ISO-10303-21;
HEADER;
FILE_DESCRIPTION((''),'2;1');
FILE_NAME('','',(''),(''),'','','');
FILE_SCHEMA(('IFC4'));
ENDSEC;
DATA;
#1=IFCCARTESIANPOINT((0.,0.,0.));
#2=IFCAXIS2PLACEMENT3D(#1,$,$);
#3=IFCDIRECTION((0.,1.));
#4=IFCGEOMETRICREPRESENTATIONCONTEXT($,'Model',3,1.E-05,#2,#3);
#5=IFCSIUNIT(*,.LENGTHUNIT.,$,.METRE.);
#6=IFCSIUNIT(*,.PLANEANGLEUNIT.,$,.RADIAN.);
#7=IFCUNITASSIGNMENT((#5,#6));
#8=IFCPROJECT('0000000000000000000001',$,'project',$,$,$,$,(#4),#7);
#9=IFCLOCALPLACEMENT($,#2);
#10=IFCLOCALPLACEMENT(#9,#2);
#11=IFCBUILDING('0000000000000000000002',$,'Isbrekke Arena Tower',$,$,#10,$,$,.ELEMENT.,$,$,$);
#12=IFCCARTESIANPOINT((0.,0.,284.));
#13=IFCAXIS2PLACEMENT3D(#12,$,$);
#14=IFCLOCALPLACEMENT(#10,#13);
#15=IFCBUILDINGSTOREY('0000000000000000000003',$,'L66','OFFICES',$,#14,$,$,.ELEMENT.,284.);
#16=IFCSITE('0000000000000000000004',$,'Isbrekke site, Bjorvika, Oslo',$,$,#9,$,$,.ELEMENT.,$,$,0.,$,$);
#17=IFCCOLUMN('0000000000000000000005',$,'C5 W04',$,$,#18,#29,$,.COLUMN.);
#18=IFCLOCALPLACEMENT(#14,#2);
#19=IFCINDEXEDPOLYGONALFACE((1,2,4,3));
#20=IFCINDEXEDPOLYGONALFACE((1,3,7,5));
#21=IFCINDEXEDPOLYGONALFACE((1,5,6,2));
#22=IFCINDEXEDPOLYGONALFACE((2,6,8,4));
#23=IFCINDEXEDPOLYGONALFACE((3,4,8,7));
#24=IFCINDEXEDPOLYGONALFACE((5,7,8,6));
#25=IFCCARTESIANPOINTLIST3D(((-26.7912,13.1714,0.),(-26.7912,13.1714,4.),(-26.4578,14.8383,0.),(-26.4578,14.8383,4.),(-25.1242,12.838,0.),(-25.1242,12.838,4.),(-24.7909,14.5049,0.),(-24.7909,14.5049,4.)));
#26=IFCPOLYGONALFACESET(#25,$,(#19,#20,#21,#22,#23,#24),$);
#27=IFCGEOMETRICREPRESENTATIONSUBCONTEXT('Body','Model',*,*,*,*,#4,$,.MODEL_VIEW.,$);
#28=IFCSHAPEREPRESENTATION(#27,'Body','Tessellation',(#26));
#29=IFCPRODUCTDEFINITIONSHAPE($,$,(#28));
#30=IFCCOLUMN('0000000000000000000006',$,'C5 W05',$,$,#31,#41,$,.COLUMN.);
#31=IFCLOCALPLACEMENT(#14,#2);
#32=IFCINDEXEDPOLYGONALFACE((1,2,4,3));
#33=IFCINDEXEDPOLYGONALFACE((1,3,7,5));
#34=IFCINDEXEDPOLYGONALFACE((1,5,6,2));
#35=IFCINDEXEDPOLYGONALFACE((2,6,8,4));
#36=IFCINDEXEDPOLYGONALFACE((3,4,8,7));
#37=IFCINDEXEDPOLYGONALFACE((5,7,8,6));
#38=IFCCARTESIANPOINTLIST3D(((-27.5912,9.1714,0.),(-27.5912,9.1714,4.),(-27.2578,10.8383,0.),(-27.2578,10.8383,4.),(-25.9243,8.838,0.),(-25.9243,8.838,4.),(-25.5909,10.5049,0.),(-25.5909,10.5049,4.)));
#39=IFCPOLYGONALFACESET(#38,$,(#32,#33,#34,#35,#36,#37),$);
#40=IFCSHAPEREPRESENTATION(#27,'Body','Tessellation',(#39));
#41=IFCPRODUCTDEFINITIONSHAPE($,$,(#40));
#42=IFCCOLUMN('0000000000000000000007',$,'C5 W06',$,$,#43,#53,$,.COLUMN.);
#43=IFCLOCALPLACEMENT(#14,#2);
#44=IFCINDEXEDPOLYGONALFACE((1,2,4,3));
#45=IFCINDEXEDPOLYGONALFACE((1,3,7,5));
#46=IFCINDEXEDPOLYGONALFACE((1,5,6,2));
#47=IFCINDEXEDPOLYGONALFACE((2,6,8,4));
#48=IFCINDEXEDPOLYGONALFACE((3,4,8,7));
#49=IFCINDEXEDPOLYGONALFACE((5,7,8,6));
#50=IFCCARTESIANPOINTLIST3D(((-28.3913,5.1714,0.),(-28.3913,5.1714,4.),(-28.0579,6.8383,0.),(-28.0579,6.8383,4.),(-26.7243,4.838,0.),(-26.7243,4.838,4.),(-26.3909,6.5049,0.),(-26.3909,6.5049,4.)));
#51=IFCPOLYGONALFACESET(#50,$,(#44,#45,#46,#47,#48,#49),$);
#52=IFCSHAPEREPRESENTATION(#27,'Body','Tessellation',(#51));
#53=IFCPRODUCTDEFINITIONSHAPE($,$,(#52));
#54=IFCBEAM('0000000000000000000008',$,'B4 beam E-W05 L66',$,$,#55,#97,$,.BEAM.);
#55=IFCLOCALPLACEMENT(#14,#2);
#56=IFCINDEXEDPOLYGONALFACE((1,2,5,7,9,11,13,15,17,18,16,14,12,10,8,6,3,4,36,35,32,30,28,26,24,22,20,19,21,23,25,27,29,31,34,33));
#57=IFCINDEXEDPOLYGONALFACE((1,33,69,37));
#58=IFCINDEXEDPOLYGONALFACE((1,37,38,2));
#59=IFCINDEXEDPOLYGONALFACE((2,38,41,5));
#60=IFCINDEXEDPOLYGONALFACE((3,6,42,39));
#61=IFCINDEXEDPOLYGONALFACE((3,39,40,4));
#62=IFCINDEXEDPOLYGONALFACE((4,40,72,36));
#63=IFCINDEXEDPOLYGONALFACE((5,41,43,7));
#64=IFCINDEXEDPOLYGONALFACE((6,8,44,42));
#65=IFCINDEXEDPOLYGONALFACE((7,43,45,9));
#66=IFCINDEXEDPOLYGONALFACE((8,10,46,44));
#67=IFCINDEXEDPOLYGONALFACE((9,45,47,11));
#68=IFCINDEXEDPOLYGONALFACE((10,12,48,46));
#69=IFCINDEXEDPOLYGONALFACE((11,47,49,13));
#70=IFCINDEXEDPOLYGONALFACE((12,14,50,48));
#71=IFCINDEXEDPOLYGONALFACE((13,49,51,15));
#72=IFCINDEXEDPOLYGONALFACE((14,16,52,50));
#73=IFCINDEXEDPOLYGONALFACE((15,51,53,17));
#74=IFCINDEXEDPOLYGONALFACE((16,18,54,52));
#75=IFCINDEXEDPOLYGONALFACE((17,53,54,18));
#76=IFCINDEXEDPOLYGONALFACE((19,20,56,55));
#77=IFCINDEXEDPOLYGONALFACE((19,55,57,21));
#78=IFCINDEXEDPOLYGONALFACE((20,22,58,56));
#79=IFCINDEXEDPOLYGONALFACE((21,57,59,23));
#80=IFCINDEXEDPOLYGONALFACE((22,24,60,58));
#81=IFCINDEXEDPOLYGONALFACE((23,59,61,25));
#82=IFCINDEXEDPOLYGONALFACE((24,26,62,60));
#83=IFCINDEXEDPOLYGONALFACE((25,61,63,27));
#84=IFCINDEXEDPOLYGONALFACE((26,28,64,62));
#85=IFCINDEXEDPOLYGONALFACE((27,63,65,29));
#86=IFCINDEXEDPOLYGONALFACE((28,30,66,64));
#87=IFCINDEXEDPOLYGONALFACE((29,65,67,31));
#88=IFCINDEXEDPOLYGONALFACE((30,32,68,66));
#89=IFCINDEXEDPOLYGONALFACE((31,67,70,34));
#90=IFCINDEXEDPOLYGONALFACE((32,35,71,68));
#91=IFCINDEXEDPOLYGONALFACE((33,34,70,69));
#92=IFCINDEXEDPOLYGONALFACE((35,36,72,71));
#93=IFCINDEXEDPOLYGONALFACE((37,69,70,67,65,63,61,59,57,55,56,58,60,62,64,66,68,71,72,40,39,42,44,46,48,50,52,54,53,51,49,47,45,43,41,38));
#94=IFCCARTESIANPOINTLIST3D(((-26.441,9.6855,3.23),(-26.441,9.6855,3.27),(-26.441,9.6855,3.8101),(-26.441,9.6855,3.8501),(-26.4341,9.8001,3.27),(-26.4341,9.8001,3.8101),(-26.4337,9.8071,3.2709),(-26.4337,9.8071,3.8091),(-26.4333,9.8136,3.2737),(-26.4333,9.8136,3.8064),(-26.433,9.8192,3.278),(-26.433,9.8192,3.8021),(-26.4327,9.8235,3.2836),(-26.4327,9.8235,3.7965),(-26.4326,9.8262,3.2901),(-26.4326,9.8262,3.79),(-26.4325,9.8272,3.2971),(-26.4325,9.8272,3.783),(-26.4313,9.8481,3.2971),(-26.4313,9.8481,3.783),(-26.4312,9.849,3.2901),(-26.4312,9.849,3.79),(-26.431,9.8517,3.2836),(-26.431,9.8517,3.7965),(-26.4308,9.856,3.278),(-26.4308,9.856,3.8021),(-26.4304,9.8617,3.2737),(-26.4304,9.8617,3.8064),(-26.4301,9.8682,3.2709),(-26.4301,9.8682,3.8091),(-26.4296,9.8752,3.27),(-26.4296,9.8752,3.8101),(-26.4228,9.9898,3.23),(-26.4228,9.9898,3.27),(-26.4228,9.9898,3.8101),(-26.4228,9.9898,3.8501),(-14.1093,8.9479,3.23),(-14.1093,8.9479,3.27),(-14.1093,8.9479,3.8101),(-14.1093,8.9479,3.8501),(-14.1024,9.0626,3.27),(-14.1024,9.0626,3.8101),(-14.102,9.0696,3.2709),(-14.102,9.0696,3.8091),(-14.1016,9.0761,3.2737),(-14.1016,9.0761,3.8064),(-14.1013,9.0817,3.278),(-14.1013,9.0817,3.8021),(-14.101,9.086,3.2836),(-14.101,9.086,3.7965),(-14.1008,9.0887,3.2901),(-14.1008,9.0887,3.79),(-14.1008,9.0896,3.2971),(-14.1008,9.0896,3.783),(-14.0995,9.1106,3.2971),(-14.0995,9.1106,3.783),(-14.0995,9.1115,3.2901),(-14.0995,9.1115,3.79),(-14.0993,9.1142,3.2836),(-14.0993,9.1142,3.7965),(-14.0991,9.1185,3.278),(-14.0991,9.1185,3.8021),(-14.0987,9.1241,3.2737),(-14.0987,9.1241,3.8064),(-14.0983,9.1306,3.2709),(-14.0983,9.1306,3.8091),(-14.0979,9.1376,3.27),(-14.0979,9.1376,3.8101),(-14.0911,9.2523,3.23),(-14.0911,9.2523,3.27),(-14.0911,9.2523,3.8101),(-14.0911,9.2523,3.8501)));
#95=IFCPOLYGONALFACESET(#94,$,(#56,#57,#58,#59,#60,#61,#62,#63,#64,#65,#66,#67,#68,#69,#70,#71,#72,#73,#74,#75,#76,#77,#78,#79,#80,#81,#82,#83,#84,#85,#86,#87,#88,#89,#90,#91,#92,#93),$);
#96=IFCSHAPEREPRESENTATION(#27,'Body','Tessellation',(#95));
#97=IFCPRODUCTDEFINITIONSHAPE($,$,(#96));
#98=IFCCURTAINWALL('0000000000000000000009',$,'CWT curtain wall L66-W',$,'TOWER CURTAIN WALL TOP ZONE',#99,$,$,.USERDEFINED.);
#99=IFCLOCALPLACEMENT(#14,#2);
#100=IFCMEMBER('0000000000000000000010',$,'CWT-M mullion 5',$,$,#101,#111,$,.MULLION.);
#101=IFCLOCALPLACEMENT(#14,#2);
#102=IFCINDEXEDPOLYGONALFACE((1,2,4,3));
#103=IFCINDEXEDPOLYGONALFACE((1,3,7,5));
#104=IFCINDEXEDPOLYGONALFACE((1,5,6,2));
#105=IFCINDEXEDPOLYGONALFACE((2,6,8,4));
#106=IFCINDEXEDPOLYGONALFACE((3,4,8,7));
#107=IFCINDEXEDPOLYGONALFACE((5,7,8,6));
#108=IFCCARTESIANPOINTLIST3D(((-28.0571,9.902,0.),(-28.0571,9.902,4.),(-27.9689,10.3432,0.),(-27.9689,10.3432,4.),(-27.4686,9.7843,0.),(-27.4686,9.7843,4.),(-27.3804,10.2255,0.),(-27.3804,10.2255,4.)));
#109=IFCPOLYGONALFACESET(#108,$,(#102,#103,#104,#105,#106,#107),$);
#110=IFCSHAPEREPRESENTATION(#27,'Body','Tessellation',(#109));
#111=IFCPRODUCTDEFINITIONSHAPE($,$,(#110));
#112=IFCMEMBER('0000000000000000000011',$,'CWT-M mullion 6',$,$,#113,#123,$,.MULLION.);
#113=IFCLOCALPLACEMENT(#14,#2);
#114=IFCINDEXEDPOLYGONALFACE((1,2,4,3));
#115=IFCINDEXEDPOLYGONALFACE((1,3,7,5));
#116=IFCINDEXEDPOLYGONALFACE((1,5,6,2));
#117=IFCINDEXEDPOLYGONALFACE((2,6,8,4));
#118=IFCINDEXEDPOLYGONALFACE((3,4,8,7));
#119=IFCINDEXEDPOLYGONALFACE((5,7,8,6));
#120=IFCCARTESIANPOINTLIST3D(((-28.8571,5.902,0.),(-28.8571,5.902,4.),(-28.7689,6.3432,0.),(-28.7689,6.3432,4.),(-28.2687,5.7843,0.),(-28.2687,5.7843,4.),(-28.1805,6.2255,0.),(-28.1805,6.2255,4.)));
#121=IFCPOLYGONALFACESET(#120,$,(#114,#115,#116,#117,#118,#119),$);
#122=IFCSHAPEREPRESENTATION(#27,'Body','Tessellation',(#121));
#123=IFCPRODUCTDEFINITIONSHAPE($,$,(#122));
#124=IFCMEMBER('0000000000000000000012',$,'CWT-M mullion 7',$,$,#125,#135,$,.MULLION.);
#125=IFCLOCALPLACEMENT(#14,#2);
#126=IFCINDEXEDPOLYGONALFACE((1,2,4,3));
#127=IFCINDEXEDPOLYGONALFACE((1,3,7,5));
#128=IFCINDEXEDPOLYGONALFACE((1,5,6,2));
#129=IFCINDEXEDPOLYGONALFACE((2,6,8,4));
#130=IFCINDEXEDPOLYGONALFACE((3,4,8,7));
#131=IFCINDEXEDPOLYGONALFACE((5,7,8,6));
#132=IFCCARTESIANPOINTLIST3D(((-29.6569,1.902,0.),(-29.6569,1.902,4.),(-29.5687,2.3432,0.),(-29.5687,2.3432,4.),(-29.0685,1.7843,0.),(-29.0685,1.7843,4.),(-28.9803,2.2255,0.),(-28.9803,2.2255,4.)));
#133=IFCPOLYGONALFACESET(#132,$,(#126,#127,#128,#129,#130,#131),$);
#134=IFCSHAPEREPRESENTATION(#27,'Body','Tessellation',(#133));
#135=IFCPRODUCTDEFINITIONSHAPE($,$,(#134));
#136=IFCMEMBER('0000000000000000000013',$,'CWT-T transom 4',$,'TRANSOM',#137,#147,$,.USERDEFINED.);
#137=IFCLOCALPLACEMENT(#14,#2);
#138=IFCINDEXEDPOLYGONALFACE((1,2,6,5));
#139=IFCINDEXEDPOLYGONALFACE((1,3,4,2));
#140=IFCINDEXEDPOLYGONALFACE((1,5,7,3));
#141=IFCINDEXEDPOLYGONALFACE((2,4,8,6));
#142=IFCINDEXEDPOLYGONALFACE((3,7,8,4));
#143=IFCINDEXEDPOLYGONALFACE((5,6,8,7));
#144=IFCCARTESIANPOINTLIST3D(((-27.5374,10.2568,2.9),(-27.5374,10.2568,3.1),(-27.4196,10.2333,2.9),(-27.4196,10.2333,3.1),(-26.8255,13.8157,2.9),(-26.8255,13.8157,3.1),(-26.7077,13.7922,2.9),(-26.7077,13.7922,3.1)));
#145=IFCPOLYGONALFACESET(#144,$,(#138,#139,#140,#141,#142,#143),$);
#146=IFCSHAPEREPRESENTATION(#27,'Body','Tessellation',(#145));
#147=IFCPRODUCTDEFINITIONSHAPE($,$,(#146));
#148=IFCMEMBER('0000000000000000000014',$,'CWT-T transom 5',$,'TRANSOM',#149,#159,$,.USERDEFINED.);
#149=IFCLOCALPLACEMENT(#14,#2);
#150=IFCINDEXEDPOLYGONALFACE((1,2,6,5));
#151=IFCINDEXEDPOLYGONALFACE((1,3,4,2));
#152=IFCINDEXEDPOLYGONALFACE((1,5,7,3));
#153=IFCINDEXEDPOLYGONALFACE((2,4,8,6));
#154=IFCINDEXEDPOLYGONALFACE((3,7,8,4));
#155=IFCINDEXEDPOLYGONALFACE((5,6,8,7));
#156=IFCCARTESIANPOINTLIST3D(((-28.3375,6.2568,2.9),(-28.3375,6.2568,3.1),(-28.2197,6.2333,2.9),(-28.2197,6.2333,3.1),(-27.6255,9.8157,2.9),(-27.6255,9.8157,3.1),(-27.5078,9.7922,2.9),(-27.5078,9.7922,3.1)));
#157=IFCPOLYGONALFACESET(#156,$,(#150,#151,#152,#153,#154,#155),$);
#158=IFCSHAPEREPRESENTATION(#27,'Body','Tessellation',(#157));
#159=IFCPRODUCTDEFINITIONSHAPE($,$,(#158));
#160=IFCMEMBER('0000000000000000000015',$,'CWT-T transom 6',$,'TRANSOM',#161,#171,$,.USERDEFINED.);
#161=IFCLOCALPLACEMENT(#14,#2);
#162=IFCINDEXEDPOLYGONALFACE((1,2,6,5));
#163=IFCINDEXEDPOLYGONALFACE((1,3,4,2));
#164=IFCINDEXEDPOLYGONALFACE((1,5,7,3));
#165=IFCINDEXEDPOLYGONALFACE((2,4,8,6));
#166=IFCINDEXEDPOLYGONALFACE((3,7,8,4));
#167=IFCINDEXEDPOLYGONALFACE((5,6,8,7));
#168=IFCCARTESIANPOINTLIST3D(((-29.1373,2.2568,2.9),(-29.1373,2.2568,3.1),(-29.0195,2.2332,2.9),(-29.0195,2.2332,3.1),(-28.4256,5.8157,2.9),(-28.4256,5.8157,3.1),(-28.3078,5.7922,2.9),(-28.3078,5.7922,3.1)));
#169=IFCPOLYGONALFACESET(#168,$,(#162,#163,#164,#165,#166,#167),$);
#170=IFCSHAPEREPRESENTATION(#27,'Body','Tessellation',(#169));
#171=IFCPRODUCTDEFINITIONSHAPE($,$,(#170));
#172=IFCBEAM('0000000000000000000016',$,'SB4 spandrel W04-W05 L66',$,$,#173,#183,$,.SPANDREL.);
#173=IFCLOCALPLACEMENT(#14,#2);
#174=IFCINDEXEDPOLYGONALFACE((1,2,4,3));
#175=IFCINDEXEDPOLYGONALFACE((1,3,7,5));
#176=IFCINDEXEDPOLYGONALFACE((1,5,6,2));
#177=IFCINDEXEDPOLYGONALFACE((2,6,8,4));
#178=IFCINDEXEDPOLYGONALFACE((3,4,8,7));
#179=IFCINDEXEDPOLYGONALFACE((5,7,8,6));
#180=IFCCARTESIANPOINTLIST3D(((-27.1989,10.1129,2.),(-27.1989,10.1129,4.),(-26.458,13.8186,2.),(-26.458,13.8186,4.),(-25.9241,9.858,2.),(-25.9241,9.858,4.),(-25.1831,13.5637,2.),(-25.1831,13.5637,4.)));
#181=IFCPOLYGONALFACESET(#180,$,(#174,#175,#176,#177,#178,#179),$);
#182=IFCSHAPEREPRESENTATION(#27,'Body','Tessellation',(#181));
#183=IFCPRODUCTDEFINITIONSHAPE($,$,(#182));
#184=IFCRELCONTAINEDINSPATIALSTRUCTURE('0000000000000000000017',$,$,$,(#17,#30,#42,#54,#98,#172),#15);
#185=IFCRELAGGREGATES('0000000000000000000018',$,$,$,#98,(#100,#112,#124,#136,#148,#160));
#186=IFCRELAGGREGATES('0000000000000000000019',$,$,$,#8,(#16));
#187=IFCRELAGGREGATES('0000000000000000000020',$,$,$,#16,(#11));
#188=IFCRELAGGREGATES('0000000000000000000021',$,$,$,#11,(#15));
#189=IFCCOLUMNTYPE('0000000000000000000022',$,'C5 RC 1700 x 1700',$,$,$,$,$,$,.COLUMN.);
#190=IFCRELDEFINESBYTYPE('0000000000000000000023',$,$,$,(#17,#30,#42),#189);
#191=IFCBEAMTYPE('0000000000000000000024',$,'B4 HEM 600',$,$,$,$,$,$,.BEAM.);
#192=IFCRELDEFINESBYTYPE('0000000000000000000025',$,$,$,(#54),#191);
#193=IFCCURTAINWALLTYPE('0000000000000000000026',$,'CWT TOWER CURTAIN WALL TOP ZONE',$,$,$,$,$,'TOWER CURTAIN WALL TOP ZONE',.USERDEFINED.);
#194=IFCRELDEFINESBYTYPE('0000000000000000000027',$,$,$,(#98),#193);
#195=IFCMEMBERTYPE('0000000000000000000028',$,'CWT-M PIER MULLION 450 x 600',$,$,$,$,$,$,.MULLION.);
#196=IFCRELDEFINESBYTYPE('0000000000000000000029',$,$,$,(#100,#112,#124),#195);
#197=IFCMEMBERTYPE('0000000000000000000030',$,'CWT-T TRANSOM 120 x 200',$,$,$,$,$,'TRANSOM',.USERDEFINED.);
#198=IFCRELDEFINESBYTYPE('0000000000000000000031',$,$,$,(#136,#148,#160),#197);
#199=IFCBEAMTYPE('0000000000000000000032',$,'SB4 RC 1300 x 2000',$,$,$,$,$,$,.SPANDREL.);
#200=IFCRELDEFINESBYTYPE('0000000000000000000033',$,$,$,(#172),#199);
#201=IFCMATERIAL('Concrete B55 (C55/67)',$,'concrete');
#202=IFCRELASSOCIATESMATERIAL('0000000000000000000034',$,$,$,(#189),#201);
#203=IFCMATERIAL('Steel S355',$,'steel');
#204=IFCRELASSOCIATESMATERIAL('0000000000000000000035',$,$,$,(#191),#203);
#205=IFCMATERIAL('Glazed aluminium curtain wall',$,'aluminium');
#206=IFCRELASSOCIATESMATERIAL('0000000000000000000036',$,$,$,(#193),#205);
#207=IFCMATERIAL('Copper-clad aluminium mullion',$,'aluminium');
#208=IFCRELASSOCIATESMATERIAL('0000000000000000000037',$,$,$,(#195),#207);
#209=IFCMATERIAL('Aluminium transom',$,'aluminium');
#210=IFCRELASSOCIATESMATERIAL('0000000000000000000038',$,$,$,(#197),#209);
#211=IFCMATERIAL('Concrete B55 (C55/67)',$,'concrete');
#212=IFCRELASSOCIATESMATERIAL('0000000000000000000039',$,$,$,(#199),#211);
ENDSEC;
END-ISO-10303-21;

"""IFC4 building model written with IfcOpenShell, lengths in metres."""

from ifc_helpers import new_model, si_unit, direction, frame, origin, origin_2d, place, context, subcontext, project, spatial, rectangle, i_section, extrude, material, material_profile, profile_set, type_object, element, aggregate, save


model = new_model("IFC4")

# Units and contexts
model_context = context("Model", 3, precision=1e-05, world=origin(), true_north=direction((0.0, 1.0)))
body_context = subcontext(model_context, "Body", "Model", "MODEL_VIEW")
ifc_project = project(units=[si_unit("LENGTHUNIT", "METRE"), si_unit("PLANEANGLEUNIT", "RADIAN")], contexts=[model_context])

# Site, building, storey
site_placement = place(None, origin())
site = spatial("IfcSite", under=ifc_project, at=site_placement, Name="Isbrekke site, Bjorvika, Oslo", CompositionType="ELEMENT", RefElevation=0.0)
building_placement = place(site_placement, origin())
building = spatial("IfcBuilding", under=site, at=building_placement, Name="Isbrekke Arena Tower", CompositionType="ELEMENT")
storey_placement = place(building_placement, frame((0.0, 0.0, 284.0)))
storey = spatial("IfcBuildingStorey", under=building, at=storey_placement, Name="L66", Description="OFFICES", CompositionType="ELEMENT", Elevation=284.0)

# Columns
ifc_material_1 = material(Name="Concrete B55 (C55/67)", Category="concrete")
ifc_material_profile_1 = material_profile(ifc_material_1, rectangle(XDim=1.7, YDim=1.7, at=origin_2d()), Name="RC 1700x1700")
ifc_profile_set_1 = profile_set([ifc_material_profile_1], Name="Concrete B55 (C55/67)")
column_type = type_object("IfcColumnType", Name="C5 RC 1700 x 1700", PredefinedType="COLUMN", material=ifc_profile_set_1)
for number, where, z_axis, x_axis, name in (
    (1, (-25.791, 13.8381, 0.0), (0.0, 0.0, 1.0), (-0.196116, -0.980581, 0.0), "C5 W04"),
    (2, (-26.5911, 9.8381, 0.0), (0.0, 0.0, 1.0), (-0.196116, -0.980581, 0.0), "C5 W05"),
    (3, (-27.3911, 5.8381, 0.0), (0.0, 0.0, 1.0), (-0.196116, -0.980581, 0.0), "C5 W06"),
):
    element("IfcColumn", number, at=place(storey_placement, frame(where, z_axis=z_axis, x_axis=x_axis)), inside=storey, type_object=column_type, Name=name, PredefinedType="COLUMN", context=body_context, shape_type="SweptSolid", body=[
        extrude(rectangle(XDim=1.7, YDim=1.7, at=origin_2d()), origin(), (0.0, 0.0, 1.0), 4.0),
    ])

# Beam
ifc_material_2 = material(Name="Steel S355", Category="steel")
ifc_material_profile_2 = material_profile(ifc_material_2, i_section(OverallWidth=0.3049, OverallDepth=0.6201, WebThickness=0.021, FlangeThickness=0.04, FilletRadius=0.0271, at=origin_2d()), Name="HEM 600")
ifc_profile_set_2 = profile_set([ifc_material_profile_2], Name="Steel S355")
beam_type_1 = type_object("IfcBeamType", Name="B4 HEM 600", PredefinedType="BEAM", material=ifc_profile_set_2)
beam_1_placement = place(storey_placement, frame((-26.4319, 9.8376, 3.54), z_axis=(0.998216, -0.059702, 0.0), x_axis=(0.059702, 0.998216, 0.0)))
element("IfcBeam", 4, at=beam_1_placement, inside=storey, type_object=beam_type_1, Name="B4 beam E-W05 L66", PredefinedType="BEAM", context=body_context, shape_type="SweptSolid", body=[
    extrude(i_section(OverallWidth=0.3049, OverallDepth=0.6201, WebThickness=0.021, FlangeThickness=0.04, FilletRadius=0.0271, at=origin_2d()), origin(), (0.0, 0.0, 1.0), 12.3538),
])

# Curtain wall, members
ifc_material_3 = material(Name="Glazed aluminium curtain wall", Category="aluminium")
curtain_wall_type = type_object("IfcCurtainWallType", Name="CWT TOWER CURTAIN WALL TOP ZONE", ElementType="TOWER CURTAIN WALL TOP ZONE", PredefinedType="USERDEFINED", material=ifc_material_3)
curtain_wall_placement = place(storey_placement, origin())
curtain_wall = element("IfcCurtainWall", 5, at=curtain_wall_placement, inside=storey, type_object=curtain_wall_type, Name="CWT curtain wall L66-W", ObjectType="TOWER CURTAIN WALL TOP ZONE", PredefinedType="USERDEFINED")
ifc_material_4 = material(Name="Copper-clad aluminium mullion", Category="aluminium")
ifc_material_profile_3 = material_profile(ifc_material_4, rectangle(XDim=0.45, YDim=0.6001, at=origin_2d()), Name="PIER 450X600")
ifc_profile_set_3 = profile_set([ifc_material_profile_3], Name="Copper-clad aluminium mullion")
member_type_1 = type_object("IfcMemberType", Name="CWT-M PIER MULLION 450 x 600", PredefinedType="MULLION", material=ifc_profile_set_3)
member_1_placement = place(storey_placement, frame((-27.7188, 10.0637, 0.0), z_axis=(0.0, 0.0, 1.0), x_axis=(-0.196116, -0.980581, 0.0)))
member_1 = element("IfcMember", 6, at=member_1_placement, type_object=member_type_1, Name="CWT-M mullion 5", PredefinedType="MULLION", context=body_context, shape_type="SweptSolid", body=[
    extrude(rectangle(XDim=0.45, YDim=0.6001, at=origin_2d()), origin(), (0.0, 0.0, 1.0), 4.0),
])
member_2_placement = place(storey_placement, frame((-28.5188, 6.0637, 0.0), z_axis=(0.0, 0.0, 1.0), x_axis=(-0.196116, -0.980581, 0.0)))
member_2 = element("IfcMember", 7, at=member_2_placement, type_object=member_type_1, Name="CWT-M mullion 6", PredefinedType="MULLION", context=body_context, shape_type="SweptSolid", body=[
    extrude(rectangle(XDim=0.45, YDim=0.6001, at=origin_2d()), origin(), (0.0, 0.0, 1.0), 4.0),
])
member_3_placement = place(storey_placement, frame((-29.3186, 2.0637, 0.0), z_axis=(0.0, 0.0, 1.0), x_axis=(-0.196116, -0.980581, 0.0)))
member_3 = element("IfcMember", 8, at=member_3_placement, type_object=member_type_1, Name="CWT-M mullion 7", PredefinedType="MULLION", context=body_context, shape_type="SweptSolid", body=[
    extrude(rectangle(XDim=0.45, YDim=0.6001, at=origin_2d()), origin(), (0.0, 0.0, 1.0), 4.0),
])
ifc_material_5 = material(Name="Aluminium transom", Category="aluminium")
ifc_material_profile_4 = material_profile(ifc_material_5, rectangle(XDim=0.1201, YDim=0.2, at=origin_2d()), Name="TRANSOM 120X200")
ifc_profile_set_4 = profile_set([ifc_material_profile_4], Name="Aluminium transom")
member_type_2 = type_object("IfcMemberType", Name="CWT-T TRANSOM 120 x 200", ElementType="TRANSOM", PredefinedType="USERDEFINED", material=ifc_profile_set_4)
member_4_placement = place(storey_placement, frame((-26.7666, 13.804, 3.0), z_axis=(-0.196155, -0.980573, 0.0), x_axis=(0.980573, -0.196155, 0.0)))
member_4 = element("IfcMember", 9, at=member_4_placement, type_object=member_type_2, Name="CWT-T transom 4", ObjectType="TRANSOM", PredefinedType="USERDEFINED", context=body_context, shape_type="SweptSolid", body=[
    extrude(rectangle(XDim=0.1201, YDim=0.2, at=origin_2d()), origin(), (0.0, 0.0, 1.0), 3.6294),
])
member_5_placement = place(storey_placement, frame((-27.5667, 9.804, 3.0), z_axis=(-0.196155, -0.980573, 0.0), x_axis=(0.980573, -0.196155, 0.0)))
member_5 = element("IfcMember", 10, at=member_5_placement, type_object=member_type_2, Name="CWT-T transom 5", ObjectType="TRANSOM", PredefinedType="USERDEFINED", context=body_context, shape_type="SweptSolid", body=[
    extrude(rectangle(XDim=0.1201, YDim=0.2, at=origin_2d()), origin(), (0.0, 0.0, 1.0), 3.6294),
])
member_6_placement = place(storey_placement, frame((-28.3667, 5.804, 3.0), z_axis=(-0.19609, -0.980586, 0.0), x_axis=(0.980586, -0.19609, 0.0)))
member_6 = element("IfcMember", 11, at=member_6_placement, type_object=member_type_2, Name="CWT-T transom 6", ObjectType="TRANSOM", PredefinedType="USERDEFINED", context=body_context, shape_type="SweptSolid", body=[
    extrude(rectangle(XDim=0.1201, YDim=0.2, at=origin_2d()), origin(), (0.0, 0.0, 1.0), 3.6294),
])

# Beam
ifc_material_6 = material(Name="Concrete B55 (C55/67)", Category="concrete")
ifc_material_profile_5 = material_profile(ifc_material_6, rectangle(XDim=1.3, YDim=2.0, at=origin_2d()), Name="RC 1300x2000")
ifc_profile_set_5 = profile_set([ifc_material_profile_5], Name="Concrete B55 (C55/67)")
beam_type_2 = type_object("IfcBeamType", Name="SB4 RC 1300 x 2000", PredefinedType="SPANDREL", material=ifc_profile_set_5)
beam_2_placement = place(storey_placement, frame((-25.8206, 13.6912, 3.0), z_axis=(-0.196066, -0.980591, 0.0), x_axis=(0.980591, -0.196066, 0.0)))
element("IfcBeam", 12, at=beam_2_placement, inside=storey, type_object=beam_type_2, Name="SB4 spandrel W04-W05 L66", PredefinedType="SPANDREL", context=body_context, shape_type="SweptSolid", body=[
    extrude(rectangle(XDim=1.3, YDim=2.0, at=origin_2d()), origin(), (0.0, 0.0, 1.0), 3.7791),
])

aggregate(curtain_wall, [member_1, member_2, member_3, member_4, member_5, member_6])

save(model, "model.ifc")
